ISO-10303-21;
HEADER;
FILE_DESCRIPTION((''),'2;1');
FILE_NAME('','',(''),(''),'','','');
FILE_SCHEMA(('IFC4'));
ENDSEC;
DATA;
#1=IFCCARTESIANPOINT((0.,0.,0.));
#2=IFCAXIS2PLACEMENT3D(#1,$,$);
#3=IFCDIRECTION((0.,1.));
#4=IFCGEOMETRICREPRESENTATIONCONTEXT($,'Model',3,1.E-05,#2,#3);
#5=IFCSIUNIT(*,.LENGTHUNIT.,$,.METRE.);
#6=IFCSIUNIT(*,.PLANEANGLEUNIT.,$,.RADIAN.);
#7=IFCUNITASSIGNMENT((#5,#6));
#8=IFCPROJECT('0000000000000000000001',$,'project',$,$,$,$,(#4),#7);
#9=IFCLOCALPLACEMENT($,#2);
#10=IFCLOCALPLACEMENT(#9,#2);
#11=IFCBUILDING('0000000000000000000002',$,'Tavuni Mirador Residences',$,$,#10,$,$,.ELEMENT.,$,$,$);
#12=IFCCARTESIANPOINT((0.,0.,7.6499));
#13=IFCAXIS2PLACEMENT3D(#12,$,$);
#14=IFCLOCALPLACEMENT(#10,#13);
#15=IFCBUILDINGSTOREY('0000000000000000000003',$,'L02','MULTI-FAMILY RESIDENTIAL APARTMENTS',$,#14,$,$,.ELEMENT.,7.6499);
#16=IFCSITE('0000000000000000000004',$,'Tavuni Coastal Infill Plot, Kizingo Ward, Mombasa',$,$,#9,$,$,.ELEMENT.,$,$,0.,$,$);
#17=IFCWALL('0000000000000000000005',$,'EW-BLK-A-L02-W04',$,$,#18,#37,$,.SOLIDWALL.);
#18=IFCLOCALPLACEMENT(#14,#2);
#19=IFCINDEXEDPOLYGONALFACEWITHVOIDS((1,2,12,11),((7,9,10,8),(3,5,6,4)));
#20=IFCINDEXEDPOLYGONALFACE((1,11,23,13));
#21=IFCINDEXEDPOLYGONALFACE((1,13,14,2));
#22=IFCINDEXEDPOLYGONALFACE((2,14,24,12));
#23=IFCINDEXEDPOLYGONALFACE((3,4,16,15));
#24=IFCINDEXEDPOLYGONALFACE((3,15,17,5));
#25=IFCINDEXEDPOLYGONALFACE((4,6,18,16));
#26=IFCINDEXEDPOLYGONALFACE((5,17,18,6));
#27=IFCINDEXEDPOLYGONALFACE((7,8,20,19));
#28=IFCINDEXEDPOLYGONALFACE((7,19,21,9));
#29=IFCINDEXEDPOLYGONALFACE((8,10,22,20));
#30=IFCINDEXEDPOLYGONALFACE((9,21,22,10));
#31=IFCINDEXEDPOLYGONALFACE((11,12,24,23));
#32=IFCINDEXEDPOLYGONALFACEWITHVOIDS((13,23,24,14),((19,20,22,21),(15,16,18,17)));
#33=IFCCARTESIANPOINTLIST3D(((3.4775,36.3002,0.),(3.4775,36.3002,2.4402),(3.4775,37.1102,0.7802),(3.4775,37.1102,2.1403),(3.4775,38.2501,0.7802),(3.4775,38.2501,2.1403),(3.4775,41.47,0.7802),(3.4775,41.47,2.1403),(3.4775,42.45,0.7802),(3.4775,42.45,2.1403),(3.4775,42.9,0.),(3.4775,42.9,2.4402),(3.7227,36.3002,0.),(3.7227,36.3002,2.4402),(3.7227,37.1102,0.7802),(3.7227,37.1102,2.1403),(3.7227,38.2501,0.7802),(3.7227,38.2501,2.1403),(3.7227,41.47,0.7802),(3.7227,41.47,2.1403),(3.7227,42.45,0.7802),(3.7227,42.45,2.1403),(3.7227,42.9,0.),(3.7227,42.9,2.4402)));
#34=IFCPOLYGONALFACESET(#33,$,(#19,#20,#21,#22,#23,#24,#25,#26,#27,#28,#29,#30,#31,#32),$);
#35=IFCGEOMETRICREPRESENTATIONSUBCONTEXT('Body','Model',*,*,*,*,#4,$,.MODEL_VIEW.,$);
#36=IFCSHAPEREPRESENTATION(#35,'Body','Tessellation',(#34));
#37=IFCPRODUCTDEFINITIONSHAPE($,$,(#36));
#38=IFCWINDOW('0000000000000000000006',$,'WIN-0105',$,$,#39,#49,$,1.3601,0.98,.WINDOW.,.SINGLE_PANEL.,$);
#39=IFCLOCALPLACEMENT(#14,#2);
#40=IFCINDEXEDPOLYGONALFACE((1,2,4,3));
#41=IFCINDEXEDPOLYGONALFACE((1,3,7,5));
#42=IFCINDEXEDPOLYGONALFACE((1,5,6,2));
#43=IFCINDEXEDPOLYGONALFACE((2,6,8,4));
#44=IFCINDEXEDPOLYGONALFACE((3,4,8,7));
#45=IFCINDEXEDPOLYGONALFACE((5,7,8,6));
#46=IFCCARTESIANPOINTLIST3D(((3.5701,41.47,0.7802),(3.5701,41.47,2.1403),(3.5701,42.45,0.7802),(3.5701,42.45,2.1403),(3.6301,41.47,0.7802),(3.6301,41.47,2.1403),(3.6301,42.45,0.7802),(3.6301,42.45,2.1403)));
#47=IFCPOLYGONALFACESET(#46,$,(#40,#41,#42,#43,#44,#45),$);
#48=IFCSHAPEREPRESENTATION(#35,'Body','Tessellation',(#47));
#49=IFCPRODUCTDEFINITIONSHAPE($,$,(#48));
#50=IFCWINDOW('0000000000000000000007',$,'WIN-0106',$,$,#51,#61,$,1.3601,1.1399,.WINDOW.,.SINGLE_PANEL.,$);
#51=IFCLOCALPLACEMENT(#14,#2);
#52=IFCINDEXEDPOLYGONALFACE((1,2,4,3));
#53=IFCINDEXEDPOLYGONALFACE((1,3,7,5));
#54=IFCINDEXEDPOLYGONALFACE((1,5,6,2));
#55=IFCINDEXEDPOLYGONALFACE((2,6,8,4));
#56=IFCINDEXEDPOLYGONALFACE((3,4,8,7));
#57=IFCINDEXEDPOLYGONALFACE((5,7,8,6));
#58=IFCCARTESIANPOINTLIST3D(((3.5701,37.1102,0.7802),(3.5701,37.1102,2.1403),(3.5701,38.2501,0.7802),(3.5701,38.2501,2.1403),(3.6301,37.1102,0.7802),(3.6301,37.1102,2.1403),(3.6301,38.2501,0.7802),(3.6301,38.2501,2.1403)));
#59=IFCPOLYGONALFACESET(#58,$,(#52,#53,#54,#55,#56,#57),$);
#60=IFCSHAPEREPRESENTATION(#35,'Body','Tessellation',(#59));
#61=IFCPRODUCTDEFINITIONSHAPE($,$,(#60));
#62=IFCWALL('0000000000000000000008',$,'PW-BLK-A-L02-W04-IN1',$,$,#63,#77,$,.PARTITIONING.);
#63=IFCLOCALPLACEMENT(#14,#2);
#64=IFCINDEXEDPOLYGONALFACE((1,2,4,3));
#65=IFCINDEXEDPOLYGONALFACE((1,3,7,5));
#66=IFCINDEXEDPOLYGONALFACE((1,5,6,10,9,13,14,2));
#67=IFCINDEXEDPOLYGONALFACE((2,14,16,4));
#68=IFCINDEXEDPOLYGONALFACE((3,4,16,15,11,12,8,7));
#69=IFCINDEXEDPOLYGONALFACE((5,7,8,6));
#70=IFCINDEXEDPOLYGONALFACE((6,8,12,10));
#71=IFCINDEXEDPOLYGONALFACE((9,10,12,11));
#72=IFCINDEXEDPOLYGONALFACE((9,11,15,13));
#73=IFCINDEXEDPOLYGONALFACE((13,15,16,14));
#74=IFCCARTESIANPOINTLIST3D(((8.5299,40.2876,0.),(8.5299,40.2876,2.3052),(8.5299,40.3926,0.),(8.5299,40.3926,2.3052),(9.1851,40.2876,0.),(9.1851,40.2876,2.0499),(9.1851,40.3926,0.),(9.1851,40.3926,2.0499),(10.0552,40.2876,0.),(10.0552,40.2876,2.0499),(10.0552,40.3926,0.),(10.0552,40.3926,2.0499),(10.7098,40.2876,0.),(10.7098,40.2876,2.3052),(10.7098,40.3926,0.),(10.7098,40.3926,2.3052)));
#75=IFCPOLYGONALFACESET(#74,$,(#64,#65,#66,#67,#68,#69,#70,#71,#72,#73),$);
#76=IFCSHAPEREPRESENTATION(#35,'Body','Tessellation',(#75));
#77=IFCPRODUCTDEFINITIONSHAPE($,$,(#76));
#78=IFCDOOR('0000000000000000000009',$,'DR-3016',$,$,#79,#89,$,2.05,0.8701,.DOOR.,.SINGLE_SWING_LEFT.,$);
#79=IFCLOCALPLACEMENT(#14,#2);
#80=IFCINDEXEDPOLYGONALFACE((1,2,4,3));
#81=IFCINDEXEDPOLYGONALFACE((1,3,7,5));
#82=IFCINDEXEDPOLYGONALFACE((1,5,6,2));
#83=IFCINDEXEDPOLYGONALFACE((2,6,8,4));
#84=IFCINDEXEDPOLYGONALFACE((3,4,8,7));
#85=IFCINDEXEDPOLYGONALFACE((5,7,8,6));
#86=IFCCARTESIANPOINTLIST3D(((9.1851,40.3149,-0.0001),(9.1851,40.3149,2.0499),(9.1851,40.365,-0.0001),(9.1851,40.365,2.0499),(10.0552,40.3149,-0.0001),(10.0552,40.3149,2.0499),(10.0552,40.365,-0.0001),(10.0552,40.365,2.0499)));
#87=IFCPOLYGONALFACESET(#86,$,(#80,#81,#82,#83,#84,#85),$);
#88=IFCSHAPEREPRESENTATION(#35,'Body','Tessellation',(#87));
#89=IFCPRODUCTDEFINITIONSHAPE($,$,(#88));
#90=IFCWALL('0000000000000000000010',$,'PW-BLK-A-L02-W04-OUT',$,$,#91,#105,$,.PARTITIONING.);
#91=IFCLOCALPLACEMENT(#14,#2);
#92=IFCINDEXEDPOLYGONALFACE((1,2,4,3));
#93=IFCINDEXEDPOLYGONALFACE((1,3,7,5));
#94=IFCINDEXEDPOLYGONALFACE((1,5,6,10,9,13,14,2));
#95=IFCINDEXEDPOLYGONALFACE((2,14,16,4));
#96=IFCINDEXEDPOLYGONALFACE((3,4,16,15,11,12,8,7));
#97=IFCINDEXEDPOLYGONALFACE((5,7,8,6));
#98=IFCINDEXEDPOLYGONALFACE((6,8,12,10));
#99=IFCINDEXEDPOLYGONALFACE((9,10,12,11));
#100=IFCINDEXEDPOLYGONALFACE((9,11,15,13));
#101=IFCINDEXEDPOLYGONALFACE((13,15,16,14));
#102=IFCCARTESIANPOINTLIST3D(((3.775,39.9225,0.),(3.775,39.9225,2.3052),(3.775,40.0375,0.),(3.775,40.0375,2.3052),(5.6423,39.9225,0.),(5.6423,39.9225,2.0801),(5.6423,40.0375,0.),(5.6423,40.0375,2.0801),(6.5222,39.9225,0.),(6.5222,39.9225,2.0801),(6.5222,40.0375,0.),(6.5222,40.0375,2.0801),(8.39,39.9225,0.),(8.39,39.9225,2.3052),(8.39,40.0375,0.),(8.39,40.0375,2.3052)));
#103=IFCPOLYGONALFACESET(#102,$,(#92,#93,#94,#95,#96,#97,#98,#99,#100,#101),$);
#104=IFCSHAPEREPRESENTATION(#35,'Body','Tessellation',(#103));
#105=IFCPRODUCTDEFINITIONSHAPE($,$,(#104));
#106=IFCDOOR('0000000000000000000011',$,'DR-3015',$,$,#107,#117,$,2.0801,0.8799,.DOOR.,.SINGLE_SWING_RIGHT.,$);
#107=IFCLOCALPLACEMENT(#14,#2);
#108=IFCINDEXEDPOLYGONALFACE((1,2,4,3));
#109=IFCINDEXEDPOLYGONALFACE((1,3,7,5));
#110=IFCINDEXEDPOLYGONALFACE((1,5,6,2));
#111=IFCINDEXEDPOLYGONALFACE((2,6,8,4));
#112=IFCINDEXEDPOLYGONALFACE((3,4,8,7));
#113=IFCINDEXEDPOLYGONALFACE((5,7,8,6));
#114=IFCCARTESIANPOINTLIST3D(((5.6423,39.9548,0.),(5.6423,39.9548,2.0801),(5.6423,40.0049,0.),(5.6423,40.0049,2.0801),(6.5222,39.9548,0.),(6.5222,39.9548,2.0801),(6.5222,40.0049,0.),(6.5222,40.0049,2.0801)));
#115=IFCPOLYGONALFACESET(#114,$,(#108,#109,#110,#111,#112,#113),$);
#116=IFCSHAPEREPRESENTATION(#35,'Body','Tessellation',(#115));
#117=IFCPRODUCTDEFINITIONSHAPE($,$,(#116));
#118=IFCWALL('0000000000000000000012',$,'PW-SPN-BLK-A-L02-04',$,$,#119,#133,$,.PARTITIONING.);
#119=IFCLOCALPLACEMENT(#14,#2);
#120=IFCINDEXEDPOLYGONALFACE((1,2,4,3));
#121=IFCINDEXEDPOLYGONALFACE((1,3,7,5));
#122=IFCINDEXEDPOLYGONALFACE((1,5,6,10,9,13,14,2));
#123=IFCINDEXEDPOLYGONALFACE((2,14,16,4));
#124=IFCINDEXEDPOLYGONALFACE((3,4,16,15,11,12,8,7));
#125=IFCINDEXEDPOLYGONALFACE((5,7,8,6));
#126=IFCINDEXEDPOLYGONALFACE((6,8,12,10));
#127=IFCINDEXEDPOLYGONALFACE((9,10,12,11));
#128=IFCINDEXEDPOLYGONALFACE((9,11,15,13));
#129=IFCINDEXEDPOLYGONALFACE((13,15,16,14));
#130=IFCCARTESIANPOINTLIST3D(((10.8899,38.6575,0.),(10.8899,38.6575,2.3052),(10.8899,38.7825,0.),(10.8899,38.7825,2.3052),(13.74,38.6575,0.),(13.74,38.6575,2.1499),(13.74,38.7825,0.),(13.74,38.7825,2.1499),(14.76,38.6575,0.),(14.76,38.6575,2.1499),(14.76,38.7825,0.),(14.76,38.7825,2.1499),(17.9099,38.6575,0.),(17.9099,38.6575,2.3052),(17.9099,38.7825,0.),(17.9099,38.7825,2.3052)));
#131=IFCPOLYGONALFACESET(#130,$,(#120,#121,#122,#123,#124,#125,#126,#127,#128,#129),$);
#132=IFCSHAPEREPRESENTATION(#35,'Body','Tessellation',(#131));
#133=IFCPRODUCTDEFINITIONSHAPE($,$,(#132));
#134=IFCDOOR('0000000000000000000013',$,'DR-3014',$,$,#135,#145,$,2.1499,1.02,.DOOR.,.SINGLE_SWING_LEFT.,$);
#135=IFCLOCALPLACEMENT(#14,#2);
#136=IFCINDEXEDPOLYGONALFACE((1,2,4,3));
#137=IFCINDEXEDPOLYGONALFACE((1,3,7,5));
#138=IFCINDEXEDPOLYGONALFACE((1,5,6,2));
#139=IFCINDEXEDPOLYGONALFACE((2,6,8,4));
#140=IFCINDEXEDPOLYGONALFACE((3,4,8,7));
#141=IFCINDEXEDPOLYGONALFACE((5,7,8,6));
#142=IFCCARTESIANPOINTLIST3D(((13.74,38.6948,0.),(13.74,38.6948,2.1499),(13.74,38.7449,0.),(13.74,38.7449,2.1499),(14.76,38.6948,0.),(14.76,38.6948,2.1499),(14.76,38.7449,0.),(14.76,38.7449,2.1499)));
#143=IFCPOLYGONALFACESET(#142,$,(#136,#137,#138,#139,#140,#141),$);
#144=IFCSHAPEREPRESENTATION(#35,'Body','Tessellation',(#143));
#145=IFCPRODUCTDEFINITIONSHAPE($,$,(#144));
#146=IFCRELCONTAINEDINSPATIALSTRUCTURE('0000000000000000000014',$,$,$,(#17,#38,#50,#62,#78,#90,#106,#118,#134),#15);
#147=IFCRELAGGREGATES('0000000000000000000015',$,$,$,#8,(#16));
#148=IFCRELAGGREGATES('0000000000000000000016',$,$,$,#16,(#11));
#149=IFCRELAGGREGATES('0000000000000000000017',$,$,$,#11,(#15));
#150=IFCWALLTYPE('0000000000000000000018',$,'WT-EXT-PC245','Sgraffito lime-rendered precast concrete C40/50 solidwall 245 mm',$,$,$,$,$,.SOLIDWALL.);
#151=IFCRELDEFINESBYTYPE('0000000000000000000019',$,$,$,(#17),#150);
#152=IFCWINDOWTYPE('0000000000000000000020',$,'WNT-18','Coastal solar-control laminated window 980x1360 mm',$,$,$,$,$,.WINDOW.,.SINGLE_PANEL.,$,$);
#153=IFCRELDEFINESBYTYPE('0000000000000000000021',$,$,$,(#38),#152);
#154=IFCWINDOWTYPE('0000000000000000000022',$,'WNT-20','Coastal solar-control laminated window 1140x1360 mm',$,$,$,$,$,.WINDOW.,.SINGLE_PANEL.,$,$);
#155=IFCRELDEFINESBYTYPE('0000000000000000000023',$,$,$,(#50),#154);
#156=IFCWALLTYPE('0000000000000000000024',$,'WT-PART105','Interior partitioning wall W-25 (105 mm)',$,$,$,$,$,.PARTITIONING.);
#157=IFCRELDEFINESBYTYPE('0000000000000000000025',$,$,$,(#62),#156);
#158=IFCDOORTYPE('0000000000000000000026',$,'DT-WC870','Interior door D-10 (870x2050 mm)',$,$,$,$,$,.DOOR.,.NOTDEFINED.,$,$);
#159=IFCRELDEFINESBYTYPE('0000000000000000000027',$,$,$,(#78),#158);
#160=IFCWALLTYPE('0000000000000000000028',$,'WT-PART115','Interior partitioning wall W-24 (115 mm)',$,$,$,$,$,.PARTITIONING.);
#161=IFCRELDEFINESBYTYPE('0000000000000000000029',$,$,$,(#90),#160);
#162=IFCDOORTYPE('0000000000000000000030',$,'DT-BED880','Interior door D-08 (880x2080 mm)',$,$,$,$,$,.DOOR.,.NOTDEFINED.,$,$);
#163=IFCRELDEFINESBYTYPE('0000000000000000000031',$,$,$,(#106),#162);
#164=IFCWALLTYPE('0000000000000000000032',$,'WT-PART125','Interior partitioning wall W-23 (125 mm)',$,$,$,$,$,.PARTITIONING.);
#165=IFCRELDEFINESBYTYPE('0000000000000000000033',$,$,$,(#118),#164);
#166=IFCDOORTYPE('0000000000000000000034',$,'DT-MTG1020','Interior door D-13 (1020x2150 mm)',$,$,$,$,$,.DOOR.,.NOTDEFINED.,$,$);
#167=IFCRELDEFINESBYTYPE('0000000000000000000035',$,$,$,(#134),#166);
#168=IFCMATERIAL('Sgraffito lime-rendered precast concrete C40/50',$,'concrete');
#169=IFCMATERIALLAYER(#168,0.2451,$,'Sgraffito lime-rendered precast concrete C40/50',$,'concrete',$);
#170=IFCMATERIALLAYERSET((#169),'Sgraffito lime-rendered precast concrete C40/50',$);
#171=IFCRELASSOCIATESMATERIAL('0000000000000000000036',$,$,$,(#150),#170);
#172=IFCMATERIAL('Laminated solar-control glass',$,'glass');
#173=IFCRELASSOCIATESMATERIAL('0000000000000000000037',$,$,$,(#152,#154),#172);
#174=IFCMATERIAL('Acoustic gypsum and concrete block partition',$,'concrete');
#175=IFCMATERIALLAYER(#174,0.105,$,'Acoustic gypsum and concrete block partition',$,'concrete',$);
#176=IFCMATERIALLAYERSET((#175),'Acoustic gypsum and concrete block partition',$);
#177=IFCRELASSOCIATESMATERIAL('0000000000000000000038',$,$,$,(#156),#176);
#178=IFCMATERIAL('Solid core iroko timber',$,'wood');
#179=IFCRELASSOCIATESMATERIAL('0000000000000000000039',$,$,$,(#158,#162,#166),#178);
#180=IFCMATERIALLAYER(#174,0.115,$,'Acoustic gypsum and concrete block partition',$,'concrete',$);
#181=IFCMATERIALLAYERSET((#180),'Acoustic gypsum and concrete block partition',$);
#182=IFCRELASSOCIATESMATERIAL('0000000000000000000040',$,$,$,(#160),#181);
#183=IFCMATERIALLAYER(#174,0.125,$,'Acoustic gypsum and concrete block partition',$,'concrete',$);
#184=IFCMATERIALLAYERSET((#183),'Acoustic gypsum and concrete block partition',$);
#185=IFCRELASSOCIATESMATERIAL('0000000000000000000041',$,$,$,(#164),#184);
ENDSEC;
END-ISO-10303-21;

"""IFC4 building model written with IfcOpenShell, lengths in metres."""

from ifc_helpers import new_model, si_unit, direction, frame, frame_2d, origin, place, context, subcontext, project, spatial, rectangle, extrude, material, layer, layer_set, type_object, element, fill, save


model = new_model("IFC4")

# Units and contexts
model_context = context("Model", 3, precision=1e-05, world=origin(), true_north=direction((0.0, 1.0)))
body_context = subcontext(model_context, "Body", "Model", "MODEL_VIEW")
ifc_project = project(units=[si_unit("LENGTHUNIT", "METRE"), si_unit("PLANEANGLEUNIT", "RADIAN")], contexts=[model_context])

# Site, building, storey
site_placement = place(None, origin())
site = spatial("IfcSite", under=ifc_project, at=site_placement, Name="Tavuni Coastal Infill Plot, Kizingo Ward, Mombasa", CompositionType="ELEMENT", RefElevation=0.0)
building_placement = place(site_placement, origin())
building = spatial("IfcBuilding", under=site, at=building_placement, Name="Tavuni Mirador Residences", CompositionType="ELEMENT")
storey_placement = place(building_placement, frame((0.0, 0.0, 7.6499)))
storey = spatial("IfcBuildingStorey", under=building, at=storey_placement, Name="L02", Description="MULTI-FAMILY RESIDENTIAL APARTMENTS", CompositionType="ELEMENT", Elevation=7.6499)

# Shared definitions
ifc_material_1 = material(Name="Solid core iroko timber", Category="wood")

# Wall, openings, windows
ifc_material_2 = material(Name="Sgraffito lime-rendered precast concrete C40/50", Category="concrete")
ifc_layer_1 = layer(ifc_material_2, 0.2451, Name="Sgraffito lime-rendered precast concrete C40/50", Category="concrete")
ifc_layer_set_1 = layer_set([ifc_layer_1], Name="Sgraffito lime-rendered precast concrete C40/50")
wall_type_1 = type_object("IfcWallType", Name="WT-EXT-PC245", Description="Sgraffito lime-rendered precast concrete C40/50 solidwall 245 mm", PredefinedType="SOLIDWALL", material=ifc_layer_set_1)
wall_1_placement = place(storey_placement, frame((3.6001, 42.8999, 0.0), z_axis=(0.0, 0.0, 1.0), x_axis=(0.0, -1.0, 0.0)))
wall_1 = element("IfcWall", 1, at=wall_1_placement, inside=storey, type_object=wall_type_1, Name="EW-BLK-A-L02-W04", PredefinedType="SOLIDWALL", context=body_context, shape_type="SweptSolid", body=[
    extrude(rectangle(XDim=6.5999, YDim=0.2451, at=frame_2d((3.2998, 0.0))), origin(), (0.0, 0.0, 1.0), 2.4402),
])
opening_1_placement = place(wall_1_placement, frame((0.45, 0.0, 0.78)))
opening_1 = element("IfcOpeningElement", 2, at=opening_1_placement, cuts=wall_1, PredefinedType="OPENING", context=body_context, shape_type="SweptSolid", body=[
    extrude(rectangle(XDim=0.98, YDim=1.3601, at=frame_2d((0.49, 0.6802))), frame((0.0, 0.1326, 0.0), z_axis=(0.0, -1.0, 0.0), x_axis=(1.0, 0.0, 0.0)), (0.0, 0.0, 1.0), 0.2651),
])
opening_2_placement = place(wall_1_placement, frame((4.6499, 0.0, 0.78)))
opening_2 = element("IfcOpeningElement", 3, at=opening_2_placement, cuts=wall_1, PredefinedType="OPENING", context=body_context, shape_type="SweptSolid", body=[
    extrude(rectangle(XDim=1.1399, YDim=1.3601, at=frame_2d((0.5698, 0.6802))), frame((0.0, 0.1326, 0.0), z_axis=(0.0, -1.0, 0.0), x_axis=(1.0, 0.0, 0.0)), (0.0, 0.0, 1.0), 0.2651),
])
ifc_material_3 = material(Name="Laminated solar-control glass", Category="glass")
window_type_1 = type_object("IfcWindowType", Name="WNT-18", Description="Coastal solar-control laminated window 980x1360 mm", PartitioningType="SINGLE_PANEL", PredefinedType="WINDOW", material=ifc_material_3)
window_1_placement = place(opening_1_placement, origin())
window_1 = element("IfcWindow", 4, at=window_1_placement, inside=storey, type_object=window_type_1, Name="WIN-0105", OverallHeight=1.3601, OverallWidth=0.98, PartitioningType="SINGLE_PANEL", PredefinedType="WINDOW", context=body_context, shape_type="SweptSolid", body=[
    extrude(rectangle(XDim=0.98, YDim=1.3601, at=frame_2d((0.49, 0.6802))), frame((0.0, 0.03, 0.0), z_axis=(0.0, -1.0, 0.0), x_axis=(1.0, 0.0, 0.0)), (0.0, 0.0, 1.0), 0.0601),
])
fill(opening_1, window_1)
window_type_2 = type_object("IfcWindowType", Name="WNT-20", Description="Coastal solar-control laminated window 1140x1360 mm", PartitioningType="SINGLE_PANEL", PredefinedType="WINDOW", material=ifc_material_3)
window_2_placement = place(opening_2_placement, origin())
window_2 = element("IfcWindow", 5, at=window_2_placement, inside=storey, type_object=window_type_2, Name="WIN-0106", OverallHeight=1.3601, OverallWidth=1.1399, PartitioningType="SINGLE_PANEL", PredefinedType="WINDOW", context=body_context, shape_type="SweptSolid", body=[
    extrude(rectangle(XDim=1.1399, YDim=1.3601, at=frame_2d((0.5698, 0.6802))), frame((0.0, 0.03, 0.0), z_axis=(0.0, -1.0, 0.0), x_axis=(1.0, 0.0, 0.0)), (0.0, 0.0, 1.0), 0.0601),
])
fill(opening_2, window_2)

# Walls, openings, doors
ifc_material_4 = material(Name="Acoustic gypsum and concrete block partition", Category="concrete")
ifc_layer_2 = layer(ifc_material_4, 0.105, Name="Acoustic gypsum and concrete block partition", Category="concrete")
ifc_layer_set_2 = layer_set([ifc_layer_2], Name="Acoustic gypsum and concrete block partition")
wall_type_2 = type_object("IfcWallType", Name="WT-PART105", Description="Interior partitioning wall W-25 (105 mm)", PredefinedType="PARTITIONING", material=ifc_layer_set_2)
wall_2_placement = place(storey_placement, frame((8.53, 40.3401, 0.0), z_axis=(0.0, 0.0, 1.0), x_axis=(1.0, 0.0, 0.0)))
wall_2 = element("IfcWall", 6, at=wall_2_placement, inside=storey, type_object=wall_type_2, Name="PW-BLK-A-L02-W04-IN1", PredefinedType="PARTITIONING", context=body_context, shape_type="SweptSolid", body=[
    extrude(rectangle(XDim=2.1799, YDim=0.105, at=frame_2d((1.0898, 0.0))), origin(), (0.0, 0.0, 1.0), 2.3052),
])
opening_3_placement = place(wall_2_placement, frame((0.655, 0.0, 0.0)))
opening_3 = element("IfcOpeningElement", 7, at=opening_3_placement, cuts=wall_2, PredefinedType="OPENING", context=body_context, shape_type="SweptSolid", body=[
    extrude(rectangle(XDim=0.8701, YDim=2.05, at=frame_2d((0.4351, 1.0249))), frame((0.0, 0.0625, 0.0), z_axis=(0.0, -1.0, 0.0), x_axis=(1.0, 0.0, 0.0)), (0.0, 0.0, 1.0), 0.125),
])
door_type_1 = type_object("IfcDoorType", Name="DT-WC870", Description="Interior door D-10 (870x2050 mm)", OperationType="NOTDEFINED", PredefinedType="DOOR", material=ifc_material_1)
door_1_placement = place(opening_3_placement, origin())
door_1 = element("IfcDoor", 8, at=door_1_placement, inside=storey, type_object=door_type_1, Name="DR-3016", OperationType="SINGLE_SWING_LEFT", OverallHeight=2.05, OverallWidth=0.8701, PredefinedType="DOOR", context=body_context, shape_type="SweptSolid", body=[
    extrude(rectangle(XDim=0.8701, YDim=2.05, at=frame_2d((0.4351, 1.0249))), frame((0.0, 0.0249, 0.0), z_axis=(0.0, -1.0, 0.0), x_axis=(1.0, 0.0, 0.0)), (0.0, 0.0, 1.0), 0.05),
])
fill(opening_3, door_1)
ifc_layer_3 = layer(ifc_material_4, 0.115, Name="Acoustic gypsum and concrete block partition", Category="concrete")
ifc_layer_set_3 = layer_set([ifc_layer_3], Name="Acoustic gypsum and concrete block partition")
wall_type_3 = type_object("IfcWallType", Name="WT-PART115", Description="Interior partitioning wall W-24 (115 mm)", PredefinedType="PARTITIONING", material=ifc_layer_set_3)
wall_3_placement = place(storey_placement, frame((3.7749, 39.98, 0.0), z_axis=(0.0, 0.0, 1.0), x_axis=(1.0, 0.0, 0.0)))
wall_3 = element("IfcWall", 9, at=wall_3_placement, inside=storey, type_object=wall_type_3, Name="PW-BLK-A-L02-W04-OUT", PredefinedType="PARTITIONING", context=body_context, shape_type="SweptSolid", body=[
    extrude(rectangle(XDim=4.615, YDim=0.115, at=frame_2d((2.3076, 0.0))), origin(), (0.0, 0.0, 1.0), 2.3052),
])
opening_4_placement = place(wall_3_placement, frame((1.8674, 0.0, 0.0)))
opening_4 = element("IfcOpeningElement", 10, at=opening_4_placement, cuts=wall_3, PredefinedType="OPENING", context=body_context, shape_type="SweptSolid", body=[
    extrude(rectangle(XDim=0.8799, YDim=2.0801, at=frame_2d((0.4399, 1.04))), frame((0.0, 0.0674, 0.0), z_axis=(0.0, -1.0, 0.0), x_axis=(1.0, 0.0, 0.0)), (0.0, 0.0, 1.0), 0.135),
])
door_type_2 = type_object("IfcDoorType", Name="DT-BED880", Description="Interior door D-08 (880x2080 mm)", OperationType="NOTDEFINED", PredefinedType="DOOR", material=ifc_material_1)
door_2_placement = place(opening_4_placement, origin())
door_2 = element("IfcDoor", 11, at=door_2_placement, inside=storey, type_object=door_type_2, Name="DR-3015", OperationType="SINGLE_SWING_RIGHT", OverallHeight=2.0801, OverallWidth=0.8799, PredefinedType="DOOR", context=body_context, shape_type="SweptSolid", body=[
    extrude(rectangle(XDim=0.8799, YDim=2.0801, at=frame_2d((0.4399, 1.04))), frame((0.0, 0.0249, 0.0), z_axis=(0.0, -1.0, 0.0), x_axis=(1.0, 0.0, 0.0)), (0.0, 0.0, 1.0), 0.05),
])
fill(opening_4, door_2)
ifc_layer_4 = layer(ifc_material_4, 0.125, Name="Acoustic gypsum and concrete block partition", Category="concrete")
ifc_layer_set_4 = layer_set([ifc_layer_4], Name="Acoustic gypsum and concrete block partition")
wall_type_4 = type_object("IfcWallType", Name="WT-PART125", Description="Interior partitioning wall W-23 (125 mm)", PredefinedType="PARTITIONING", material=ifc_layer_set_4)
wall_4_placement = place(storey_placement, frame((10.8899, 38.72, 0.0), z_axis=(0.0, 0.0, 1.0), x_axis=(1.0, 0.0, 0.0)))
wall_4 = element("IfcWall", 12, at=wall_4_placement, inside=storey, type_object=wall_type_4, Name="PW-SPN-BLK-A-L02-04", PredefinedType="PARTITIONING", context=body_context, shape_type="SweptSolid", body=[
    extrude(rectangle(XDim=7.02, YDim=0.125, at=frame_2d((3.51, 0.0))), origin(), (0.0, 0.0, 1.0), 2.3052),
])
opening_5_placement = place(wall_4_placement, frame((2.8501, 0.0, 0.0)))
opening_5 = element("IfcOpeningElement", 13, at=opening_5_placement, cuts=wall_4, PredefinedType="OPENING", context=body_context, shape_type="SweptSolid", body=[
    extrude(rectangle(XDim=1.02, YDim=2.1499, at=frame_2d((0.51, 1.075))), frame((0.0, 0.0725, 0.0), z_axis=(0.0, -1.0, 0.0), x_axis=(1.0, 0.0, 0.0)), (0.0, 0.0, 1.0), 0.145),
])
door_type_3 = type_object("IfcDoorType", Name="DT-MTG1020", Description="Interior door D-13 (1020x2150 mm)", OperationType="NOTDEFINED", PredefinedType="DOOR", material=ifc_material_1)
door_3_placement = place(opening_5_placement, origin())
door_3 = element("IfcDoor", 14, at=door_3_placement, inside=storey, type_object=door_type_3, Name="DR-3014", OperationType="SINGLE_SWING_LEFT", OverallHeight=2.1499, OverallWidth=1.02, PredefinedType="DOOR", context=body_context, shape_type="SweptSolid", body=[
    extrude(rectangle(XDim=1.02, YDim=2.1499, at=frame_2d((0.51, 1.075))), frame((0.0, 0.0249, 0.0), z_axis=(0.0, -1.0, 0.0), x_axis=(1.0, 0.0, 0.0)), (0.0, 0.0, 1.0), 0.05),
])
fill(opening_5, door_3)

save(model, "model.ifc")
